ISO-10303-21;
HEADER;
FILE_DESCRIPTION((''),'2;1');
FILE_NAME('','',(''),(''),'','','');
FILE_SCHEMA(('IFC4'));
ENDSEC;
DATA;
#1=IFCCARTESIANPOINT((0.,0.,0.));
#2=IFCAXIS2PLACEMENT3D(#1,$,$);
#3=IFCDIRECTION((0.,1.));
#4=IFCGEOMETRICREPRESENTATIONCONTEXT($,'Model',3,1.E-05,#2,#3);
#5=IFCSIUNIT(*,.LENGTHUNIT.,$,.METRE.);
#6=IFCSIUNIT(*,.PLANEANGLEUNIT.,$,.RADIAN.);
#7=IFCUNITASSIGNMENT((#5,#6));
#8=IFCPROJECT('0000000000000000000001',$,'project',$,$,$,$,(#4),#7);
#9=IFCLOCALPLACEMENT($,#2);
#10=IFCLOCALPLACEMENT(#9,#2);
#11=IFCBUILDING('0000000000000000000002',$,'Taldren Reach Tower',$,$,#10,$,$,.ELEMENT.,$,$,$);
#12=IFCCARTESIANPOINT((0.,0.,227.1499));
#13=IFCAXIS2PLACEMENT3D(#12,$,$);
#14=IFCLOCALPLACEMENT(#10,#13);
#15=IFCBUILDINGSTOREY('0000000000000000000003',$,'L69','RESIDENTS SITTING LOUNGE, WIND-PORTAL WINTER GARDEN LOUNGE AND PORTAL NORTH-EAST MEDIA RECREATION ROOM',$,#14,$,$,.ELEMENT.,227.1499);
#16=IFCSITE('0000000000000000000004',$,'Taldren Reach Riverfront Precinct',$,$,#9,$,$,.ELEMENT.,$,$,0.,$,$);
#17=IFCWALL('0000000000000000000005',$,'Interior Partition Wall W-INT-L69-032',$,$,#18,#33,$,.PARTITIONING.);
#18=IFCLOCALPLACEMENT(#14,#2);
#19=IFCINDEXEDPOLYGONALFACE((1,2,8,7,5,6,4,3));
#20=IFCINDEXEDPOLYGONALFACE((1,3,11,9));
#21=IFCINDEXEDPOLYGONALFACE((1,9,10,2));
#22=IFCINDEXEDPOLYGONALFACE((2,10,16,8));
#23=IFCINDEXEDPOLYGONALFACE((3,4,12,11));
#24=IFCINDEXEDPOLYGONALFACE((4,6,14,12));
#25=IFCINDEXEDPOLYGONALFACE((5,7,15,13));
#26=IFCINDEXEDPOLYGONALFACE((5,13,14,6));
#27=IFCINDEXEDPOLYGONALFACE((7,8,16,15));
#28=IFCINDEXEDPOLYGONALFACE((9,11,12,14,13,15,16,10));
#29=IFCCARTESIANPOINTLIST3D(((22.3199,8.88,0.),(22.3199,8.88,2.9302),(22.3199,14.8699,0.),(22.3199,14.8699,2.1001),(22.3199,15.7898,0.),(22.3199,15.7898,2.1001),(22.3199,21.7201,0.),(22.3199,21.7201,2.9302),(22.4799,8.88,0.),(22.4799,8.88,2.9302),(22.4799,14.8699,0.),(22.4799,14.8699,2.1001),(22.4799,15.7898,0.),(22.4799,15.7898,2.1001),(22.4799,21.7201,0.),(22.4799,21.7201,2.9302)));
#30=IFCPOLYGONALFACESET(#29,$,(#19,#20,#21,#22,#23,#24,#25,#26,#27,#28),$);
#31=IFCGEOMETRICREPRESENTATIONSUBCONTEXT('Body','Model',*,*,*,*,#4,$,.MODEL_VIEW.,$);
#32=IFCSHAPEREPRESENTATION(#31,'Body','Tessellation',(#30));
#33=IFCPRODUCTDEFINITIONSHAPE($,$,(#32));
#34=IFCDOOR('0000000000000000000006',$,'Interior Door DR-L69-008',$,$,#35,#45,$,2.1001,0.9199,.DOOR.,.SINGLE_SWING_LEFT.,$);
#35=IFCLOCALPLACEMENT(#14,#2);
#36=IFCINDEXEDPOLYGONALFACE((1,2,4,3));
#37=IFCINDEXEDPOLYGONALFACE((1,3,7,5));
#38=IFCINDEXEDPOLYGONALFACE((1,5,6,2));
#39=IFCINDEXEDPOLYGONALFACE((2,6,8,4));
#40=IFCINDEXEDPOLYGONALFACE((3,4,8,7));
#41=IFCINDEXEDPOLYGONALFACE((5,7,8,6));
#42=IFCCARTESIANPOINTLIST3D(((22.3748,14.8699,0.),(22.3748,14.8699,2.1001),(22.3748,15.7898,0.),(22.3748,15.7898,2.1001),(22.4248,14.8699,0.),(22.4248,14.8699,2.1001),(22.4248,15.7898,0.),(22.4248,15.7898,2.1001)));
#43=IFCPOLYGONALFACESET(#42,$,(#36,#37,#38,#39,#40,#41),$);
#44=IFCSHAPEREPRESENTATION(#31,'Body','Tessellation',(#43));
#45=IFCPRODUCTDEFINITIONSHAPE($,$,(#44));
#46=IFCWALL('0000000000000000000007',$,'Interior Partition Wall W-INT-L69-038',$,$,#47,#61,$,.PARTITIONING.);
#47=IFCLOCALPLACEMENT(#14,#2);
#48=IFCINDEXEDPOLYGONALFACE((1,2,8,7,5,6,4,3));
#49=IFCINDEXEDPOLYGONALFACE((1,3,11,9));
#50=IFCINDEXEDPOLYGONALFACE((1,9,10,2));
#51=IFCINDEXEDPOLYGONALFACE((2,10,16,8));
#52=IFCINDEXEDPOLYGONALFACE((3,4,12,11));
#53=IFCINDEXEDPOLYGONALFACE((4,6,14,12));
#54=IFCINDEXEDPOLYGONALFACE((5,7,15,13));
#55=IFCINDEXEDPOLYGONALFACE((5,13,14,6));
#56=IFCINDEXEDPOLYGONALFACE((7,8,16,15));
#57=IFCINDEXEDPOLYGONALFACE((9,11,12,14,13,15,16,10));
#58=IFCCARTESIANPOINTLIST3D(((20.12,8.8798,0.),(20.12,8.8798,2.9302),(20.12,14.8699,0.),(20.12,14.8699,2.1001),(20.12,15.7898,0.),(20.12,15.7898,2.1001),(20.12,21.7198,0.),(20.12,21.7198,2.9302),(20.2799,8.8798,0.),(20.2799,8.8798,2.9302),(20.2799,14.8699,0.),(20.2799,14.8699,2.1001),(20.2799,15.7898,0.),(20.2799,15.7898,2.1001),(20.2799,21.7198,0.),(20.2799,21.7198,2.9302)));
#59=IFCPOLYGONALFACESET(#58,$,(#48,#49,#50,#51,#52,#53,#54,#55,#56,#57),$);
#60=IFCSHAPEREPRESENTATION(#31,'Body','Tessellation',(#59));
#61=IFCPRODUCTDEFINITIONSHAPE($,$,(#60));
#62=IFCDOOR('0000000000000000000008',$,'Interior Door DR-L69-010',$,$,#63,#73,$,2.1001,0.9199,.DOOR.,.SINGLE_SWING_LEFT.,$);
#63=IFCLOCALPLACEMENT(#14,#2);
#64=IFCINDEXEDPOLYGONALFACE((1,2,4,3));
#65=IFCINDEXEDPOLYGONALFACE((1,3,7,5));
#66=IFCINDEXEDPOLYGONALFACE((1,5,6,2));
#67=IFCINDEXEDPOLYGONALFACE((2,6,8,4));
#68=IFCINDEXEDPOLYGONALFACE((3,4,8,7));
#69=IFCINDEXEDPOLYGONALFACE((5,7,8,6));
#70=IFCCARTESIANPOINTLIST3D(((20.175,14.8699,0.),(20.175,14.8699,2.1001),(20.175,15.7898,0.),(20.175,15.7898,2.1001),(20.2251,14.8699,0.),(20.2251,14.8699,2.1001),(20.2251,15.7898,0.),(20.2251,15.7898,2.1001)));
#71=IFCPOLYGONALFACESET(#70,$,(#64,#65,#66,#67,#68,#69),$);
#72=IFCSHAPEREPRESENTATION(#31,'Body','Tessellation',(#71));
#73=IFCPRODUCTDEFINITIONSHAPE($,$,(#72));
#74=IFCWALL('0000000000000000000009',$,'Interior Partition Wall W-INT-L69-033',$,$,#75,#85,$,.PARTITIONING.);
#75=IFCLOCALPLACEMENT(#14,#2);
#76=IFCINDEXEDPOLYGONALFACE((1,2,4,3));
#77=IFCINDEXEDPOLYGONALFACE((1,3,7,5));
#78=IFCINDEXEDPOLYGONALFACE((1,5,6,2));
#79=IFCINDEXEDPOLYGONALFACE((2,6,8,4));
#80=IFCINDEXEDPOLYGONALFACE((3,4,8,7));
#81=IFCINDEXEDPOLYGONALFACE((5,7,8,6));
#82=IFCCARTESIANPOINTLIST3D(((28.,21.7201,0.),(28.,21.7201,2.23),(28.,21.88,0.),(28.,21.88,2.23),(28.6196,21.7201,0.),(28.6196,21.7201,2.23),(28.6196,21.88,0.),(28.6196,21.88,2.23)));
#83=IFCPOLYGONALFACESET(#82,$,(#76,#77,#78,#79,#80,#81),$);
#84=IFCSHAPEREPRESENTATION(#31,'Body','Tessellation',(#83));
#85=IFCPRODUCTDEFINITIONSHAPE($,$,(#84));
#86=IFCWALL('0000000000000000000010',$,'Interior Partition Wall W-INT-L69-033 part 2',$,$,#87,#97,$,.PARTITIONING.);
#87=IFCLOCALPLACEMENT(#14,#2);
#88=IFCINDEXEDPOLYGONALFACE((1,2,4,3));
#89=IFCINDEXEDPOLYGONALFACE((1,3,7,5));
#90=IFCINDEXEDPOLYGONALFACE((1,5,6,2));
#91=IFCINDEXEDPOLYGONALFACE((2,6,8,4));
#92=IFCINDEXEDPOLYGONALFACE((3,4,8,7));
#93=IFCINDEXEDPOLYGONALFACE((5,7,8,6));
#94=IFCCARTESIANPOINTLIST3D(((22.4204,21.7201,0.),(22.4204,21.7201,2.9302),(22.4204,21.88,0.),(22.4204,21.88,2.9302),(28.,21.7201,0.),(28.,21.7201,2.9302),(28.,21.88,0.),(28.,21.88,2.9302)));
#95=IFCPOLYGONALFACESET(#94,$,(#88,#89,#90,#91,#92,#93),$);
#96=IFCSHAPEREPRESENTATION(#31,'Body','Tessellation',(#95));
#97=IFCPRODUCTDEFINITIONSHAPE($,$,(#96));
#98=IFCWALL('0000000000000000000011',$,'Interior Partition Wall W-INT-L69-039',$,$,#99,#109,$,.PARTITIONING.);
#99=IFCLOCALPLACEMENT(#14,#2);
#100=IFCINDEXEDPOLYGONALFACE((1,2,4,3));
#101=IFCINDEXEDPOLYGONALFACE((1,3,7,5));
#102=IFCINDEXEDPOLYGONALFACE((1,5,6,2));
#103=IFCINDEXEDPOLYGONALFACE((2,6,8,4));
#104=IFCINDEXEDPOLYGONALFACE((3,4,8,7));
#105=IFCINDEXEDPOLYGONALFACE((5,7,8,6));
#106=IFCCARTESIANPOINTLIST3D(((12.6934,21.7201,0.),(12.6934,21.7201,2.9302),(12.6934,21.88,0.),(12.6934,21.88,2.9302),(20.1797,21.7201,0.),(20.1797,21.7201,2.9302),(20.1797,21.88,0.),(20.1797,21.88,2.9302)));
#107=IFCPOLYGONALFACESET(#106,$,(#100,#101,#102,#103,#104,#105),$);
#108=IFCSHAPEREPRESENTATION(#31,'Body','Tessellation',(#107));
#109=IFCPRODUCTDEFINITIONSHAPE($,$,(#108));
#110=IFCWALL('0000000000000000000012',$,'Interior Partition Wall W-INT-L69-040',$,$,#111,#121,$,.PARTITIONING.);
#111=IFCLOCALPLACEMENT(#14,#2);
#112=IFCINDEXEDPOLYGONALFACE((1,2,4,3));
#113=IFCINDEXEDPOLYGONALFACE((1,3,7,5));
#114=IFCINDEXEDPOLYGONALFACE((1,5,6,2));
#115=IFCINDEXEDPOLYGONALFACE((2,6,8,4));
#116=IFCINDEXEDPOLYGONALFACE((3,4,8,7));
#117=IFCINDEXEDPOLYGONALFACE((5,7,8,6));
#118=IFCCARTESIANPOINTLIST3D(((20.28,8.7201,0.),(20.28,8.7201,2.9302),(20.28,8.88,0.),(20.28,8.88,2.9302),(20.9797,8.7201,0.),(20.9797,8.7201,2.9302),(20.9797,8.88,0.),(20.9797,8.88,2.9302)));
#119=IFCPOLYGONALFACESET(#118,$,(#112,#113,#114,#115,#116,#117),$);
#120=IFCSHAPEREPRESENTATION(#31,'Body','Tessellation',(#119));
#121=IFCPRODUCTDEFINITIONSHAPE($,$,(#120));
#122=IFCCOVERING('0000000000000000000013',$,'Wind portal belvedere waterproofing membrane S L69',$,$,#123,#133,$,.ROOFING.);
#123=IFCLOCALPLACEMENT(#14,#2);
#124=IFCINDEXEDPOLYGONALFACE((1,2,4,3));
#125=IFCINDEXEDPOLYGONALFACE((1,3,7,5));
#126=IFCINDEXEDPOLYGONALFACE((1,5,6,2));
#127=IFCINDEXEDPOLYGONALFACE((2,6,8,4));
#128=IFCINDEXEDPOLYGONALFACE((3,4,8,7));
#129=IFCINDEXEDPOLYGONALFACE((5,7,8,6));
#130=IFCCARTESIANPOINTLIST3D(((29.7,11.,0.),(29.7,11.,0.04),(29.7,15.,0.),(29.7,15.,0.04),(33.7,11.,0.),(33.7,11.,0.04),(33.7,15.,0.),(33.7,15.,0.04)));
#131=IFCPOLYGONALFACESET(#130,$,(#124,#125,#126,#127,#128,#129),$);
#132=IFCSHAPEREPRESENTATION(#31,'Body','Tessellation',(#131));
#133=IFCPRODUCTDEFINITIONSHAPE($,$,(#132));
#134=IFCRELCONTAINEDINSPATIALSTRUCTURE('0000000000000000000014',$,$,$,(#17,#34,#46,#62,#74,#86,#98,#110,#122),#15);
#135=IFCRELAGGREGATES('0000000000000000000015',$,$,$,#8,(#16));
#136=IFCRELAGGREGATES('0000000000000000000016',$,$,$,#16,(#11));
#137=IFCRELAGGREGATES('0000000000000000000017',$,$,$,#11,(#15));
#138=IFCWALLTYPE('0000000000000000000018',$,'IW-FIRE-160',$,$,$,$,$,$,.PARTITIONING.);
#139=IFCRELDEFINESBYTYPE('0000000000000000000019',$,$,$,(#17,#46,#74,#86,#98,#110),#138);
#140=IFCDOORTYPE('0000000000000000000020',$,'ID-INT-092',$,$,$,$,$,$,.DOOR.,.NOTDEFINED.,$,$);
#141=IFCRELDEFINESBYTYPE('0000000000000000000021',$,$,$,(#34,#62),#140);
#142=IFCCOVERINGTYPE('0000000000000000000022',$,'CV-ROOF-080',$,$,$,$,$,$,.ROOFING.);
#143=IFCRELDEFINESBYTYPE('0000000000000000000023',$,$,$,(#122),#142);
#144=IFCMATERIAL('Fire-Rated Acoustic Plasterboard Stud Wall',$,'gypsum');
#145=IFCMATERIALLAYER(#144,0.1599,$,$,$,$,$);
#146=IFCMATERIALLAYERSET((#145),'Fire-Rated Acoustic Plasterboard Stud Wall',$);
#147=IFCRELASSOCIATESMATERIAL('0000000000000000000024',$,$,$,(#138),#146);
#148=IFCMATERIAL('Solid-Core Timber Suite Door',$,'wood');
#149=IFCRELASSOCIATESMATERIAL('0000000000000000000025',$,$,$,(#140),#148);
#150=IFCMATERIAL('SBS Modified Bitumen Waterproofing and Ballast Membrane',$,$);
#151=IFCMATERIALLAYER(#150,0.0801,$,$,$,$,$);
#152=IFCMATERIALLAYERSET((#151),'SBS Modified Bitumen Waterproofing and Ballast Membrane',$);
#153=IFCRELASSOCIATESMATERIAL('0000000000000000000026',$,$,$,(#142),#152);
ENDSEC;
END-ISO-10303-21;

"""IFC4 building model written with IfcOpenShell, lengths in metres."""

from ifc_helpers import new_model, si_unit, direction, frame, frame_2d, origin, origin_2d, place, context, subcontext, project, spatial, rectangle, extrude, source, transform, mapped, material, layer, layer_set, type_object, element, fill, save


model = new_model("IFC4")

# Units and contexts
model_context = context("Model", 3, precision=1e-05, world=origin(), true_north=direction((0.0, 1.0)))
body_context = subcontext(model_context, "Body", "Model", "MODEL_VIEW")
ifc_project = project(units=[si_unit("LENGTHUNIT", "METRE"), si_unit("PLANEANGLEUNIT", "RADIAN")], contexts=[model_context])

# Site, building, storey
site_placement = place(None, origin())
site = spatial("IfcSite", under=ifc_project, at=site_placement, Name="Taldren Reach Riverfront Precinct", CompositionType="ELEMENT", RefElevation=0.0)
building_placement = place(site_placement, origin())
building = spatial("IfcBuilding", under=site, at=building_placement, Name="Taldren Reach Tower", CompositionType="ELEMENT")
storey_placement = place(building_placement, frame((0.0, 0.0, 227.1499)))
storey = spatial("IfcBuildingStorey", under=building, at=storey_placement, Name="L69", Description="RESIDENTS SITTING LOUNGE, WIND-PORTAL WINTER GARDEN LOUNGE AND PORTAL NORTH-EAST MEDIA RECREATION ROOM", CompositionType="ELEMENT", Elevation=227.1499)

# Shared definitions
ifc_material_1 = material(Name="Fire-Rated Acoustic Plasterboard Stud Wall", Category="gypsum")
ifc_layer_1 = layer(ifc_material_1, 0.1599)
ifc_layer_set_1 = layer_set([ifc_layer_1], Name="Fire-Rated Acoustic Plasterboard Stud Wall")
wall_type_1 = type_object("IfcWallType", Name="IW-FIRE-160", PredefinedType="PARTITIONING", material=ifc_layer_set_1)

# Walls, openings, doors
shared_shape_1 = source(origin(), body_context, "Body", "SweptSolid", [
    extrude(rectangle(XDim=12.8401, YDim=0.1599, at=frame_2d((6.4199, 0.0))), origin(), (0.0, 0.0, 1.0), 2.9302),
])
wall_1_placement = place(storey_placement, frame((22.3999, 21.72, 0.0), z_axis=(0.0, 0.0, 1.0), x_axis=(0.0, -1.0, 0.0)))
wall_1 = element("IfcWall", 1, at=wall_1_placement, inside=storey, type_object=wall_type_1, Name="Interior Partition Wall W-INT-L69-032", PredefinedType="PARTITIONING", context=body_context, shape_type="MappedRepresentation", body=[
    mapped(shared_shape_1, transform((0.0, 0.0, 0.0), scale=1.0)),
])
shared_shape_2 = source(origin(), body_context, "Body", "SweptSolid", [
    extrude(rectangle(XDim=0.9199, YDim=2.1001, at=frame_2d((0.46, 1.05))), frame((0.0, 0.0898, 0.0), z_axis=(0.0, -1.0, 0.0), x_axis=(1.0, 0.0, 0.0)), (0.0, 0.0, 1.0), 0.1799),
])
opening_1_placement = place(wall_1_placement, frame((5.9302, 0.0, 0.0)))
opening_1 = element("IfcOpeningElement", 2, at=opening_1_placement, cuts=wall_1, PredefinedType="OPENING", context=body_context, shape_type="MappedRepresentation", body=[
    mapped(shared_shape_2, transform((0.0, 0.0, 0.0), scale=1.0)),
])
ifc_material_2 = material(Name="Solid-Core Timber Suite Door", Category="wood")
door_type = type_object("IfcDoorType", Name="ID-INT-092", OperationType="NOTDEFINED", PredefinedType="DOOR", material=ifc_material_2)
shared_shape_3 = source(origin(), body_context, "Body", "SweptSolid", [
    extrude(rectangle(XDim=0.9199, YDim=2.1001, at=frame_2d((0.46, 1.05))), frame((0.0, 0.0249, 0.0), z_axis=(0.0, -1.0, 0.0), x_axis=(1.0, 0.0, 0.0)), (0.0, 0.0, 1.0), 0.05),
])
door_1_placement = place(opening_1_placement, origin())
door_1 = element("IfcDoor", 3, at=door_1_placement, inside=storey, type_object=door_type, Name="Interior Door DR-L69-008", OperationType="SINGLE_SWING_LEFT", OverallHeight=2.1001, OverallWidth=0.9199, PredefinedType="DOOR", context=body_context, shape_type="MappedRepresentation", body=[
    mapped(shared_shape_3, transform((0.0, 0.0, 0.0), scale=1.0)),
])
fill(opening_1, door_1)
wall_2_placement = place(storey_placement, frame((20.2, 8.8799, 0.0), z_axis=(0.0, 0.0, 1.0), x_axis=(0.0, 1.0, 0.0)))
wall_2 = element("IfcWall", 4, at=wall_2_placement, inside=storey, type_object=wall_type_1, Name="Interior Partition Wall W-INT-L69-038", PredefinedType="PARTITIONING", context=body_context, shape_type="MappedRepresentation", body=[
    mapped(shared_shape_1, transform((0.0, 0.0, 0.0), scale=1.0)),
])
opening_2_placement = place(wall_2_placement, frame((5.99, 0.0, 0.0)))
opening_2 = element("IfcOpeningElement", 5, at=opening_2_placement, cuts=wall_2, PredefinedType="OPENING", context=body_context, shape_type="MappedRepresentation", body=[
    mapped(shared_shape_2, transform((0.0, 0.0, 0.0), scale=1.0)),
])
door_2_placement = place(opening_2_placement, origin())
door_2 = element("IfcDoor", 6, at=door_2_placement, inside=storey, type_object=door_type, Name="Interior Door DR-L69-010", OperationType="SINGLE_SWING_LEFT", OverallHeight=2.1001, OverallWidth=0.9199, PredefinedType="DOOR", context=body_context, shape_type="MappedRepresentation", body=[
    mapped(shared_shape_3, transform((0.0, 0.0, 0.0), scale=1.0)),
])
fill(opening_2, door_2)

# Walls
shared_shape_4 = source(origin(), body_context, "Body", "SweptSolid", [
    extrude(rectangle(XDim=0.6196, YDim=0.1599, at=frame_2d((0.3098, 0.0))), origin(), (0.0, 0.0, 1.0), 2.23),
])
wall_3_placement = place(storey_placement, frame((28.6196, 21.8, 0.0), z_axis=(0.0, 0.0, 1.0), x_axis=(-1.0, 0.0, 0.0)))
element("IfcWall", 7, at=wall_3_placement, inside=storey, type_object=wall_type_1, Name="Interior Partition Wall W-INT-L69-033", PredefinedType="PARTITIONING", context=body_context, shape_type="MappedRepresentation", body=[
    mapped(shared_shape_4, transform((0.0, 0.0, 0.0), scale=1.0)),
])
shared_shape_5 = source(origin(), body_context, "Body", "SweptSolid", [
    extrude(rectangle(XDim=5.5796, YDim=0.1599, at=frame_2d((2.7898, 0.0))), origin(), (0.0, 0.0, 1.0), 2.9302),
])
wall_4_placement = place(storey_placement, frame((28.0, 21.8, 0.0), z_axis=(0.0, 0.0, 1.0), x_axis=(-1.0, 0.0, 0.0)))
element("IfcWall", 8, at=wall_4_placement, inside=storey, type_object=wall_type_1, Name="Interior Partition Wall W-INT-L69-033 part 2", PredefinedType="PARTITIONING", context=body_context, shape_type="MappedRepresentation", body=[
    mapped(shared_shape_5, transform((0.0, 0.0, 0.0), scale=1.0)),
])
shared_shape_6 = source(origin(), body_context, "Body", "SweptSolid", [
    extrude(rectangle(XDim=7.4863, YDim=0.1599, at=frame_2d((3.7432, 0.0))), origin(), (0.0, 0.0, 1.0), 2.9302),
])
wall_5_placement = place(storey_placement, frame((20.1797, 21.8, 0.0), z_axis=(0.0, 0.0, 1.0), x_axis=(-1.0, 0.0, 0.0)))
element("IfcWall", 9, at=wall_5_placement, inside=storey, type_object=wall_type_1, Name="Interior Partition Wall W-INT-L69-039", PredefinedType="PARTITIONING", context=body_context, shape_type="MappedRepresentation", body=[
    mapped(shared_shape_6, transform((0.0, 0.0, 0.0), scale=1.0)),
])
shared_shape_7 = source(origin(), body_context, "Body", "SweptSolid", [
    extrude(rectangle(XDim=0.6997, YDim=0.1599, at=frame_2d((0.3499, 0.0))), origin(), (0.0, 0.0, 1.0), 2.9302),
])
wall_6_placement = place(storey_placement, frame((20.9797, 8.8, 0.0), z_axis=(0.0, 0.0, 1.0), x_axis=(-1.0, 0.0, 0.0)))
element("IfcWall", 10, at=wall_6_placement, inside=storey, type_object=wall_type_1, Name="Interior Partition Wall W-INT-L69-040", PredefinedType="PARTITIONING", context=body_context, shape_type="MappedRepresentation", body=[
    mapped(shared_shape_7, transform((0.0, 0.0, 0.0), scale=1.0)),
])

# Covering
ifc_material_3 = material(Name="SBS Modified Bitumen Waterproofing and Ballast Membrane")
ifc_layer_2 = layer(ifc_material_3, 0.0801)
ifc_layer_set_2 = layer_set([ifc_layer_2], Name="SBS Modified Bitumen Waterproofing and Ballast Membrane")
covering_type = type_object("IfcCoveringType", Name="CV-ROOF-080", PredefinedType="ROOFING", material=ifc_layer_set_2)
shared_shape_8 = source(origin(), body_context, "Body", "SweptSolid", [
    extrude(rectangle(XDim=4.0, YDim=4.0, at=origin_2d()), origin(), (0.0, 0.0, 1.0), 0.04),
])
covering_placement = place(storey_placement, frame((31.7, 13.0, 0.0), z_axis=(0.0, 0.0, 1.0), x_axis=(1.0, 0.0, 0.0)))
element("IfcCovering", 11, at=covering_placement, inside=storey, type_object=covering_type, Name="Wind portal belvedere waterproofing membrane S L69", PredefinedType="ROOFING", context=body_context, shape_type="MappedRepresentation", body=[
    mapped(shared_shape_8, transform((0.0, 0.0, 0.0), scale=1.0)),
])

save(model, "model.ifc")
